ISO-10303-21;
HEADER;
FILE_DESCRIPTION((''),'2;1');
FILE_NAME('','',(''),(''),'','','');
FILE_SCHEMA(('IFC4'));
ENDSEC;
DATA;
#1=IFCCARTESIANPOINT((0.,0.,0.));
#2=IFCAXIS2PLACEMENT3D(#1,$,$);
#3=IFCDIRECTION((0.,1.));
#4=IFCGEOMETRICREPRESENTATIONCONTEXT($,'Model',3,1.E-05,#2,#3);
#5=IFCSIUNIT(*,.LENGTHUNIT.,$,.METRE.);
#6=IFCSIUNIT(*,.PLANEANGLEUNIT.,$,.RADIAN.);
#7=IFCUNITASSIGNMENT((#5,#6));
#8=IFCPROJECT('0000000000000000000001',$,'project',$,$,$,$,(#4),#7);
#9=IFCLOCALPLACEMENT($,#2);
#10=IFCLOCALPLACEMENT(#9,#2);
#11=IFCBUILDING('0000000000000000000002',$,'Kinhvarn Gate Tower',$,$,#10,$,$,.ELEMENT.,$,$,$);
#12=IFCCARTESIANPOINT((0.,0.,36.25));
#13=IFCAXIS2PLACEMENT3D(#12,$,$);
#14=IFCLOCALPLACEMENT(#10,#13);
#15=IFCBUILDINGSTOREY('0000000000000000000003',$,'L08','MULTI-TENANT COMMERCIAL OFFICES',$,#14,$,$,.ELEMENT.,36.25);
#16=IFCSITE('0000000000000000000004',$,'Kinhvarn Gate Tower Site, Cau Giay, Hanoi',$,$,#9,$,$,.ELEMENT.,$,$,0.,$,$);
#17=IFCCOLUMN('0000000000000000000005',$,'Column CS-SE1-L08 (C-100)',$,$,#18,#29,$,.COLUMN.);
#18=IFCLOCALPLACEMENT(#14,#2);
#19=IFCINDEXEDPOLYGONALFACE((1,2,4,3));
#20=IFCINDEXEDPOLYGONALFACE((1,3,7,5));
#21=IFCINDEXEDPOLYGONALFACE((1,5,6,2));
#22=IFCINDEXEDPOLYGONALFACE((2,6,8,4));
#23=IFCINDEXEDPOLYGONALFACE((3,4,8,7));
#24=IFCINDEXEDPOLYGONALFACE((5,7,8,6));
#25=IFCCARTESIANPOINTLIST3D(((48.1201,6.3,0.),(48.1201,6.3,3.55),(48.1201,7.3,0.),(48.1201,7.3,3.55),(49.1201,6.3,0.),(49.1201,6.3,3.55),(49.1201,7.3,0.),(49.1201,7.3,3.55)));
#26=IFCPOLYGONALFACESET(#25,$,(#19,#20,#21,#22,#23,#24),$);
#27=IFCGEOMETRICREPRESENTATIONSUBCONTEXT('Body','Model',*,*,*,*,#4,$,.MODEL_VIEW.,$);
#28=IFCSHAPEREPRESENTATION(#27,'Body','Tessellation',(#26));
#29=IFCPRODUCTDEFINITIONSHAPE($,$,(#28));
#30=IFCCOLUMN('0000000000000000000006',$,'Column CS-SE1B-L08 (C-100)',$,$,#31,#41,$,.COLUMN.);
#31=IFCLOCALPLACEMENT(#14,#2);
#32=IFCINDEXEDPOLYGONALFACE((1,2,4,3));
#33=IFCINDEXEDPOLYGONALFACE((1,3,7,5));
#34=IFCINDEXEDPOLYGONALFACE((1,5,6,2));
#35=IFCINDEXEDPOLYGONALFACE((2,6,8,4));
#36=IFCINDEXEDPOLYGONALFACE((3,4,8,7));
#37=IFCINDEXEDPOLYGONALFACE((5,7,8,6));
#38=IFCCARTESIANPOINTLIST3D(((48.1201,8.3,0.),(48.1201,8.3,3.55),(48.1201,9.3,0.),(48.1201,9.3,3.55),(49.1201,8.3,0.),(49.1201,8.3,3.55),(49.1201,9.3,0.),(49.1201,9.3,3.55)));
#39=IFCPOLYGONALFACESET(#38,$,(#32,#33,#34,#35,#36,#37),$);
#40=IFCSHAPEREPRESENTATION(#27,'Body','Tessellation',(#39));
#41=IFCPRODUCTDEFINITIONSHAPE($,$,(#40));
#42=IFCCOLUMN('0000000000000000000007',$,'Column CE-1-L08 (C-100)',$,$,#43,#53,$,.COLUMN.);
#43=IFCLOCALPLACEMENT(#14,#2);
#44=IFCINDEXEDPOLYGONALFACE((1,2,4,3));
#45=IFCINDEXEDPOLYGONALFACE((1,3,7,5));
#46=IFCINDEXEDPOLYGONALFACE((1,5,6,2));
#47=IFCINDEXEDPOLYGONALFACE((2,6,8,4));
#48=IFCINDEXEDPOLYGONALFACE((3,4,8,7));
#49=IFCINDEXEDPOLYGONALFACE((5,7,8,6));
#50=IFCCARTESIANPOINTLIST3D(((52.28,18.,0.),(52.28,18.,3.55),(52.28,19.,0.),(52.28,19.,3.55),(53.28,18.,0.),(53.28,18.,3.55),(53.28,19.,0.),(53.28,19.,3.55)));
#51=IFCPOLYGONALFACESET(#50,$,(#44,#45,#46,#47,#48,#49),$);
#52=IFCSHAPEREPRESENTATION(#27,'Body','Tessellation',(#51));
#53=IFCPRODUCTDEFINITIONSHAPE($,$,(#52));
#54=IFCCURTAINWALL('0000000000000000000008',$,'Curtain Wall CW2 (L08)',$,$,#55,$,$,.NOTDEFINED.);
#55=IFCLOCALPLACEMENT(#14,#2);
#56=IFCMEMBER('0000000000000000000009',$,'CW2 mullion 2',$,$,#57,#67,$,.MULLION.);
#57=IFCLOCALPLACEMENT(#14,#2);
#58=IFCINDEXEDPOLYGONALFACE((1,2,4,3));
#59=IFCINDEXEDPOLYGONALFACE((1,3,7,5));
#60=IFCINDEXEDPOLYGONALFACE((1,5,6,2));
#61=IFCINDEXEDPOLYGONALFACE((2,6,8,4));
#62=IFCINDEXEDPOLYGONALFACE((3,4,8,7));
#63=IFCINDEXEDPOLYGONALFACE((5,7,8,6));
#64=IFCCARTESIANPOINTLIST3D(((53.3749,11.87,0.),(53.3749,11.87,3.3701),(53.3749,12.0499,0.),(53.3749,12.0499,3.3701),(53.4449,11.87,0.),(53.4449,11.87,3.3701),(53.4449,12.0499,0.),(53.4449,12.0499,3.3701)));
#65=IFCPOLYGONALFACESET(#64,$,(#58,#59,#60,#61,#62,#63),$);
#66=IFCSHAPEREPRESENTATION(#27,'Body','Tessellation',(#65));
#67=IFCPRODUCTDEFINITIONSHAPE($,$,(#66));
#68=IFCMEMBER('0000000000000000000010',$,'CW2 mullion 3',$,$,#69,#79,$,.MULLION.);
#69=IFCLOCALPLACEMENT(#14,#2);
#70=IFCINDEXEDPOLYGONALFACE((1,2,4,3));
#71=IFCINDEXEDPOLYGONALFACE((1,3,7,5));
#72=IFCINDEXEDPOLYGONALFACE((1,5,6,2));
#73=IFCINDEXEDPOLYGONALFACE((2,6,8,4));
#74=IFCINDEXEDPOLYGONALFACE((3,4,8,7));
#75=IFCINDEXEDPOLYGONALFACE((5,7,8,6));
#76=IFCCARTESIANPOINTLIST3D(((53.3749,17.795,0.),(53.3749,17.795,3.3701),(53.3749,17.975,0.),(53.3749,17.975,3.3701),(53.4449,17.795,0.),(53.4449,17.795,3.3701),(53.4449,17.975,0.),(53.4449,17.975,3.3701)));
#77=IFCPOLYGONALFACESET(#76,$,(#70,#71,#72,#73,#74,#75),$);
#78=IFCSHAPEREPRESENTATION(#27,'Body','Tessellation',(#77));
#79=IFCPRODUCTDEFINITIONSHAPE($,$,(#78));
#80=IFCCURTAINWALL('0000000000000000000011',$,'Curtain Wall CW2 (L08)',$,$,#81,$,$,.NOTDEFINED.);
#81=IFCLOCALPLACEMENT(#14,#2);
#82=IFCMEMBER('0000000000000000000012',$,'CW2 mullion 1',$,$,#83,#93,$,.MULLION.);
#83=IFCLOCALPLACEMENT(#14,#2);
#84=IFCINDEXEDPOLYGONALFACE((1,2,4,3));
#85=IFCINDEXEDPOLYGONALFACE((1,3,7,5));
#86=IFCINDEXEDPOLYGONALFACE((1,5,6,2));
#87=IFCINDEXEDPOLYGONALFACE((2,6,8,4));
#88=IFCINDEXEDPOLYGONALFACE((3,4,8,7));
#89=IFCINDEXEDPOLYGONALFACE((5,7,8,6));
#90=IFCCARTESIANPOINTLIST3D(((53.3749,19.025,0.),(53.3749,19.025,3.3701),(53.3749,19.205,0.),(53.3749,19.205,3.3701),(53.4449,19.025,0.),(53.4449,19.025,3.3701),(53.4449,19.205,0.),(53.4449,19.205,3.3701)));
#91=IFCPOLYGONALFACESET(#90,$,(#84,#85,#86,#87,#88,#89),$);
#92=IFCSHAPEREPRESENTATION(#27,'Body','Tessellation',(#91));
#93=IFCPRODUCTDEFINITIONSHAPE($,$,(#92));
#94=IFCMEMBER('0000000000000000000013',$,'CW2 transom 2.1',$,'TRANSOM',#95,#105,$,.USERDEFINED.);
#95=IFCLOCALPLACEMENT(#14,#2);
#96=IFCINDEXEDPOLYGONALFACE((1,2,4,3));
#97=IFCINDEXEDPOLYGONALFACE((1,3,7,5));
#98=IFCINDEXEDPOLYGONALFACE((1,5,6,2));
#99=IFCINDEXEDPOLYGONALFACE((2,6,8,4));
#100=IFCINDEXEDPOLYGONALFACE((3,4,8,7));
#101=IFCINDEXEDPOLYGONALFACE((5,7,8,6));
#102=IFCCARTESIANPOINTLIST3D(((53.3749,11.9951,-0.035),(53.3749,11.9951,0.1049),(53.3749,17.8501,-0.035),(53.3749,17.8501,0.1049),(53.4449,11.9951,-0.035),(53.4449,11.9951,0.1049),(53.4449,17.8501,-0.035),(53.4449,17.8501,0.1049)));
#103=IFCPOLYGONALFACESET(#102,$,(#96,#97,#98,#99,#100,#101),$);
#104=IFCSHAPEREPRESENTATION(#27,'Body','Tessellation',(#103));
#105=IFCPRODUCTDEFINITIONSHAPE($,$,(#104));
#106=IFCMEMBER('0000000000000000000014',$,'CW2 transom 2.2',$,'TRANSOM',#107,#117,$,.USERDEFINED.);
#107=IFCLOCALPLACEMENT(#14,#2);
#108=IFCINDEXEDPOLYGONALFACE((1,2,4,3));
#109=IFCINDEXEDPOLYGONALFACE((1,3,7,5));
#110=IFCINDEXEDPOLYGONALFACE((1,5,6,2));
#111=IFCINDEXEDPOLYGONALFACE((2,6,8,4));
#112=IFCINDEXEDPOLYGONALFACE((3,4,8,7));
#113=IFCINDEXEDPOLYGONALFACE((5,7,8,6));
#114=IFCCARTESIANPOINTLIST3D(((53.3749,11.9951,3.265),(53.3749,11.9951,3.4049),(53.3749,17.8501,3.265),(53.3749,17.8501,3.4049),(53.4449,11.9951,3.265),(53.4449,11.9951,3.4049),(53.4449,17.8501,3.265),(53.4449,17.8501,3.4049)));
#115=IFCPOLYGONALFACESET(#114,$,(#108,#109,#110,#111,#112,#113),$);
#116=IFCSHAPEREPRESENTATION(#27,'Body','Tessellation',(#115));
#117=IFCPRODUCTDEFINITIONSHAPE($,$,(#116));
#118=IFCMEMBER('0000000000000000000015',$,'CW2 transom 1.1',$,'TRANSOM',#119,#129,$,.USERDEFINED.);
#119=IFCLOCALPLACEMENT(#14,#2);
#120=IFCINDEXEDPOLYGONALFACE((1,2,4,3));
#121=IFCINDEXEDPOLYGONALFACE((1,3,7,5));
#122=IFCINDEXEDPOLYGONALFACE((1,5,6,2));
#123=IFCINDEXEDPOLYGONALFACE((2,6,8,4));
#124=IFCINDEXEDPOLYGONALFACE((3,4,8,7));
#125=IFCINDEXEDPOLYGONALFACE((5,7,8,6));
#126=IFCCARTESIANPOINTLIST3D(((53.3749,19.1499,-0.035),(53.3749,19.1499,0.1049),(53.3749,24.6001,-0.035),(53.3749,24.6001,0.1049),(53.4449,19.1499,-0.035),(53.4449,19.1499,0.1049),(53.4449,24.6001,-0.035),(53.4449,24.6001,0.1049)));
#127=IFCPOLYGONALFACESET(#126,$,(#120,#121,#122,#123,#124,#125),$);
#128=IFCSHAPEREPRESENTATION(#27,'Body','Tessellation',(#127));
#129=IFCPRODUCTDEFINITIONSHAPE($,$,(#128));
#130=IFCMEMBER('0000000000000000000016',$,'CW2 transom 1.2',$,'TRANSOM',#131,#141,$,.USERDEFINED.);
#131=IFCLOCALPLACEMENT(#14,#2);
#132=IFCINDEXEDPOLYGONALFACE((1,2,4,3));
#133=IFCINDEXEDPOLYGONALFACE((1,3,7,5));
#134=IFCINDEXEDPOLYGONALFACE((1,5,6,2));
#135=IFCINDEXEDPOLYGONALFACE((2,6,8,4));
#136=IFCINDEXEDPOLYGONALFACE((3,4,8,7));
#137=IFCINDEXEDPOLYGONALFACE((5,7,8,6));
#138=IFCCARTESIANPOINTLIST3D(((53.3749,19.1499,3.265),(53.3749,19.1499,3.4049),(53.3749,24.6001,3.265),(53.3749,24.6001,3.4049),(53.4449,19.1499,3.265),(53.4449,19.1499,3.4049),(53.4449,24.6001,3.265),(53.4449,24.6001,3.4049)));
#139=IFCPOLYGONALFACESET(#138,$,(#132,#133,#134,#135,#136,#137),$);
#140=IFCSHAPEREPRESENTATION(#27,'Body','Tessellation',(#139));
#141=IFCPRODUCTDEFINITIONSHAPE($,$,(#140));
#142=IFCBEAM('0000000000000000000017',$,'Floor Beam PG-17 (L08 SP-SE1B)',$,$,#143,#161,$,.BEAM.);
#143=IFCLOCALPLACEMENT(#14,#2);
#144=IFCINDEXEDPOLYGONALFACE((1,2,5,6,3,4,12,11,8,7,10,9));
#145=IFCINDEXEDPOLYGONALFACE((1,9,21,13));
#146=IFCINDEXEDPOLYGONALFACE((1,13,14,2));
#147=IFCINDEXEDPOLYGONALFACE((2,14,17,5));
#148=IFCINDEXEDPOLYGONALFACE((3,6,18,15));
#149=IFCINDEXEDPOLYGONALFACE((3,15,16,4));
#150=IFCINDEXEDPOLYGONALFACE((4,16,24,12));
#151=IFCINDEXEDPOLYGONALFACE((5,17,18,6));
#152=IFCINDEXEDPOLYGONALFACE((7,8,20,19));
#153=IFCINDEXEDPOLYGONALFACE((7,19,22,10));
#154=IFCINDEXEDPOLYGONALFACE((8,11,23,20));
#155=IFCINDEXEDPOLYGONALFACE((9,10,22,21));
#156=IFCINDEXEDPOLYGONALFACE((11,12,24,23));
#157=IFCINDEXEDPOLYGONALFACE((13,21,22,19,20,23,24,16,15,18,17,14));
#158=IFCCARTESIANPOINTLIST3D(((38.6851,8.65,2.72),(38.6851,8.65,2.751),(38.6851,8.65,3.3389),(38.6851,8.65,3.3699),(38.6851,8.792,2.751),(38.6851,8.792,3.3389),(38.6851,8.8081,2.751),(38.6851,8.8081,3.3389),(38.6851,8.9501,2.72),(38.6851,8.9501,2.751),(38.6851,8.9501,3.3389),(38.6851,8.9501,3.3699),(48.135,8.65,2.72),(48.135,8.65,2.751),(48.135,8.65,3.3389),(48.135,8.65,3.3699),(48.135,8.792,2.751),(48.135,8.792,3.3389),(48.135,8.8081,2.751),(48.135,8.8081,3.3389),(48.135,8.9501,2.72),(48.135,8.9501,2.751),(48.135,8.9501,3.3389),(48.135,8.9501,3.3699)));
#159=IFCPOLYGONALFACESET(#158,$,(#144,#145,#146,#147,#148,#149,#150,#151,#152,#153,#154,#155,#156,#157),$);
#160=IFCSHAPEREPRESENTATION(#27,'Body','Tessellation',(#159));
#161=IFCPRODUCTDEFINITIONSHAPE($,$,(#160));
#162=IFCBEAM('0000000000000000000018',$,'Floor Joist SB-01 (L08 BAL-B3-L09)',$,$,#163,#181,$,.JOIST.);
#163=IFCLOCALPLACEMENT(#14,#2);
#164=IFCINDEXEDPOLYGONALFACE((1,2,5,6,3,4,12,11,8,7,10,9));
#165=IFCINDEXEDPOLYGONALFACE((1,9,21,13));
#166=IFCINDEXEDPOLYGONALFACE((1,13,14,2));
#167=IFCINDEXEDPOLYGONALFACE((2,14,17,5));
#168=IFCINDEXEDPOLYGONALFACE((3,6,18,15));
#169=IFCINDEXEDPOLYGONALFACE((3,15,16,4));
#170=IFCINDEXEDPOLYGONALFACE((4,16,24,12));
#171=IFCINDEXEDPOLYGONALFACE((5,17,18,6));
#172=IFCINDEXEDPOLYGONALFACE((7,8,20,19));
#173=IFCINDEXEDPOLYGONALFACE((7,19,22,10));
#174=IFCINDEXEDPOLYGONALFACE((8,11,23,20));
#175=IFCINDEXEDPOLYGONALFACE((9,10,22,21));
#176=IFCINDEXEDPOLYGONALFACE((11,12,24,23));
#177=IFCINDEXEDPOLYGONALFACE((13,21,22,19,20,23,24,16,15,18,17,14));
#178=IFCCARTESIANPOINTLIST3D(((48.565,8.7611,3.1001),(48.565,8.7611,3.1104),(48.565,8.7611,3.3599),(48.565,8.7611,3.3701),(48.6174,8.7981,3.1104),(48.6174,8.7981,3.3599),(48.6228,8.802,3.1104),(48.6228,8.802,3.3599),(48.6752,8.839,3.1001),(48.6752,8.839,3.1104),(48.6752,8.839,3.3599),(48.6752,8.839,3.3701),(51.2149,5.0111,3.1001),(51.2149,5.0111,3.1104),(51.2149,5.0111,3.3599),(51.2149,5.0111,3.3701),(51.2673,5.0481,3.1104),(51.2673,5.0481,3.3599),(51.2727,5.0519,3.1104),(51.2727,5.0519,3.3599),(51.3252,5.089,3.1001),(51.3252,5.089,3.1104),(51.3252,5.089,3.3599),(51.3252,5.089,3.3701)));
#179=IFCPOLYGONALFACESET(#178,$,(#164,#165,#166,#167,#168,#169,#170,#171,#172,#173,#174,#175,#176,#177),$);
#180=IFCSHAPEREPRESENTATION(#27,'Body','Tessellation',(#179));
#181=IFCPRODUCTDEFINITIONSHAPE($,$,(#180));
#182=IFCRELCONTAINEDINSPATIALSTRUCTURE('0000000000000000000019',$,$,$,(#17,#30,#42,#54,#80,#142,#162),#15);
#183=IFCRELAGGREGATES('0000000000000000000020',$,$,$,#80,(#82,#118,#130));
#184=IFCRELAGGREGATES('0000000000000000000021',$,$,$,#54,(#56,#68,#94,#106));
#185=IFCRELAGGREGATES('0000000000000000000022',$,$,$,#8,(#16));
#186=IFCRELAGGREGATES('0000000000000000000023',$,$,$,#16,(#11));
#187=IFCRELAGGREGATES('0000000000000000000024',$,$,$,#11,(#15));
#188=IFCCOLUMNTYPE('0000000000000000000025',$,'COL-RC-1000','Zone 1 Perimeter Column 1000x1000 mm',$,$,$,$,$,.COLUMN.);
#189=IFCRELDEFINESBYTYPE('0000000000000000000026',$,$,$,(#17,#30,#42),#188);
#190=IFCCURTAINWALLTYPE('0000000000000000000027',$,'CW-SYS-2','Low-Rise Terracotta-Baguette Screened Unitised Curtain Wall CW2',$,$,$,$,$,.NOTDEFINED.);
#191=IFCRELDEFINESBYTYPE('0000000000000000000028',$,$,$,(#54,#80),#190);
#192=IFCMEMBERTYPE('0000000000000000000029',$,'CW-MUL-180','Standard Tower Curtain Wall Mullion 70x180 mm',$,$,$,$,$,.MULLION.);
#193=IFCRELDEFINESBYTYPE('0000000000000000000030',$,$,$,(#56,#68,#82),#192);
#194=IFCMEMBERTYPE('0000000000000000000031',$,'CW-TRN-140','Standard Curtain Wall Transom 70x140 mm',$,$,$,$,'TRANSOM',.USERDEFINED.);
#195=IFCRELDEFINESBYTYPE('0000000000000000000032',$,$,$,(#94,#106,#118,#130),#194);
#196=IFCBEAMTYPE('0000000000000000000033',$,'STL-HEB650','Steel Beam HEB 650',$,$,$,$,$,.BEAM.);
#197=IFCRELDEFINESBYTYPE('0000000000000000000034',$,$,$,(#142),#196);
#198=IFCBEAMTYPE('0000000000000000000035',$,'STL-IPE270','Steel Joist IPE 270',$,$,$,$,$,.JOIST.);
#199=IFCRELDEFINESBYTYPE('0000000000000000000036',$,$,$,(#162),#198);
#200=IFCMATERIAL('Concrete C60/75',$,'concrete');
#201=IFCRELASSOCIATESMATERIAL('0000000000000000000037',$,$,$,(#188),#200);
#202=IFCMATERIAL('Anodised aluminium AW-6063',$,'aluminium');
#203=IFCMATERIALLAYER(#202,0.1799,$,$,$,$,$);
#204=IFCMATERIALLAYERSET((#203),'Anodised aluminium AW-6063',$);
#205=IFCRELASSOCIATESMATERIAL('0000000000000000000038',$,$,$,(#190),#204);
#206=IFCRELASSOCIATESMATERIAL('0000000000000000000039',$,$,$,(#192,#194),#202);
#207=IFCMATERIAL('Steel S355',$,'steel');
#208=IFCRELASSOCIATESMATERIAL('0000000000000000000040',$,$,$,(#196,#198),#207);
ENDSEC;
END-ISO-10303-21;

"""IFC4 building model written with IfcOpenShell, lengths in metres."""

from ifc_helpers import new_model, si_unit, direction, frame, origin, origin_2d, place, context, subcontext, project, spatial, rectangle, i_section, extrude, material, layer, layer_set, material_profile, profile_set, type_object, element, aggregate, save


model = new_model("IFC4")

# Units and contexts
model_context = context("Model", 3, precision=1e-05, world=origin(), true_north=direction((0.0, 1.0)))
body_context = subcontext(model_context, "Body", "Model", "MODEL_VIEW")
ifc_project = project(units=[si_unit("LENGTHUNIT", "METRE"), si_unit("PLANEANGLEUNIT", "RADIAN")], contexts=[model_context])

# Site, building, storey
site_placement = place(None, origin())
site = spatial("IfcSite", under=ifc_project, at=site_placement, Name="Kinhvarn Gate Tower Site, Cau Giay, Hanoi", CompositionType="ELEMENT", RefElevation=0.0)
building_placement = place(site_placement, origin())
building = spatial("IfcBuilding", under=site, at=building_placement, Name="Kinhvarn Gate Tower", CompositionType="ELEMENT")
storey_placement = place(building_placement, frame((0.0, 0.0, 36.25)))
storey = spatial("IfcBuildingStorey", under=building, at=storey_placement, Name="L08", Description="MULTI-TENANT COMMERCIAL OFFICES", CompositionType="ELEMENT", Elevation=36.25)

# Columns
ifc_material_1 = material(Name="Concrete C60/75", Category="concrete")
ifc_material_profile_1 = material_profile(ifc_material_1, rectangle(XDim=1.0, YDim=1.0, at=origin_2d()), Name="RC 1000x1000")
ifc_profile_set_1 = profile_set([ifc_material_profile_1], Name="Concrete C60/75")
column_type = type_object("IfcColumnType", Name="COL-RC-1000", Description="Zone 1 Perimeter Column 1000x1000 mm", PredefinedType="COLUMN", material=ifc_profile_set_1)
for number, where, z_axis, x_axis, name in (
    (1, (48.6201, 6.8, 0.0), (0.0, 0.0, 1.0), (1.0, 0.0, 0.0), "Column CS-SE1-L08 (C-100)"),
    (2, (48.6201, 8.8, 0.0), (0.0, 0.0, 1.0), (1.0, 0.0, 0.0), "Column CS-SE1B-L08 (C-100)"),
    (3, (52.78, 18.5, 0.0), (0.0, 0.0, 1.0), (1.0, 0.0, 0.0), "Column CE-1-L08 (C-100)"),
):
    element("IfcColumn", number, at=place(storey_placement, frame(where, z_axis=z_axis, x_axis=x_axis)), inside=storey, type_object=column_type, Name=name, PredefinedType="COLUMN", context=body_context, shape_type="SweptSolid", body=[
        extrude(rectangle(XDim=1.0, YDim=1.0, at=origin_2d()), origin(), (0.0, 0.0, 1.0), 3.55),
    ])

# Curtain wall, members
ifc_material_2 = material(Name="Anodised aluminium AW-6063", Category="aluminium")
ifc_layer_1 = layer(ifc_material_2, 0.1799)
ifc_layer_set_1 = layer_set([ifc_layer_1], Name="Anodised aluminium AW-6063")
curtain_wall_type = type_object("IfcCurtainWallType", Name="CW-SYS-2", Description="Low-Rise Terracotta-Baguette Screened Unitised Curtain Wall CW2", PredefinedType="NOTDEFINED", material=ifc_layer_set_1)
curtain_wall_1_placement = place(storey_placement, origin())
curtain_wall_1 = element("IfcCurtainWall", 4, at=curtain_wall_1_placement, inside=storey, type_object=curtain_wall_type, Name="Curtain Wall CW2 (L08)", PredefinedType="NOTDEFINED")
ifc_material_profile_2 = material_profile(ifc_material_2, rectangle(XDim=0.0701, YDim=0.1799, at=origin_2d()), Name="ALU 70x180")
ifc_profile_set_2 = profile_set([ifc_material_profile_2], Name="Anodised aluminium AW-6063")
member_type_1 = type_object("IfcMemberType", Name="CW-MUL-180", Description="Standard Tower Curtain Wall Mullion 70x180 mm", PredefinedType="MULLION", material=ifc_profile_set_2)
member_1_placement = place(storey_placement, frame((53.4099, 11.96, 0.0), z_axis=(0.0, 0.0, 1.0), x_axis=(-1.0, 0.0, 0.0)))
member_1 = element("IfcMember", 5, at=member_1_placement, type_object=member_type_1, Name="CW2 mullion 2", PredefinedType="MULLION", context=body_context, shape_type="SweptSolid", body=[
    extrude(rectangle(XDim=0.0701, YDim=0.1799, at=origin_2d()), origin(), (0.0, 0.0, 1.0), 3.3701),
])
member_2_placement = place(storey_placement, frame((53.4099, 17.885, 0.0), z_axis=(0.0, 0.0, 1.0), x_axis=(-1.0, 0.0, 0.0)))
member_2 = element("IfcMember", 6, at=member_2_placement, type_object=member_type_1, Name="CW2 mullion 3", PredefinedType="MULLION", context=body_context, shape_type="SweptSolid", body=[
    extrude(rectangle(XDim=0.0701, YDim=0.1799, at=origin_2d()), origin(), (0.0, 0.0, 1.0), 3.3701),
])

# Curtain wall, member
curtain_wall_2_placement = place(storey_placement, origin())
curtain_wall_2 = element("IfcCurtainWall", 7, at=curtain_wall_2_placement, inside=storey, type_object=curtain_wall_type, Name="Curtain Wall CW2 (L08)", PredefinedType="NOTDEFINED")
member_3_placement = place(storey_placement, frame((53.4099, 19.115, 0.0), z_axis=(0.0, 0.0, 1.0), x_axis=(-1.0, 0.0, 0.0)))
member_3 = element("IfcMember", 8, at=member_3_placement, type_object=member_type_1, Name="CW2 mullion 1", PredefinedType="MULLION", context=body_context, shape_type="SweptSolid", body=[
    extrude(rectangle(XDim=0.0701, YDim=0.1799, at=origin_2d()), origin(), (0.0, 0.0, 1.0), 3.3701),
])

# Members
ifc_material_profile_3 = material_profile(ifc_material_2, rectangle(XDim=0.0701, YDim=0.1399, at=origin_2d()), Name="ALU 70x140")
ifc_profile_set_3 = profile_set([ifc_material_profile_3], Name="Anodised aluminium AW-6063")
member_type_2 = type_object("IfcMemberType", Name="CW-TRN-140", Description="Standard Curtain Wall Transom 70x140 mm", ElementType="TRANSOM", PredefinedType="USERDEFINED", material=ifc_profile_set_3)
member_4_placement = place(storey_placement, frame((53.4099, 11.9951, 0.0349), z_axis=(0.0, 1.0, 0.0), x_axis=(-1.0, 0.0, 0.0)))
member_4 = element("IfcMember", 9, at=member_4_placement, type_object=member_type_2, Name="CW2 transom 2.1", ObjectType="TRANSOM", PredefinedType="USERDEFINED", context=body_context, shape_type="SweptSolid", body=[
    extrude(rectangle(XDim=0.0701, YDim=0.1399, at=origin_2d()), origin(), (0.0, 0.0, 1.0), 5.855),
])
member_5_placement = place(storey_placement, frame((53.4099, 11.9951, 3.335), z_axis=(0.0, 1.0, 0.0), x_axis=(-1.0, 0.0, 0.0)))
member_5 = element("IfcMember", 10, at=member_5_placement, type_object=member_type_2, Name="CW2 transom 2.2", ObjectType="TRANSOM", PredefinedType="USERDEFINED", context=body_context, shape_type="SweptSolid", body=[
    extrude(rectangle(XDim=0.0701, YDim=0.1399, at=origin_2d()), origin(), (0.0, 0.0, 1.0), 5.855),
])
member_6_placement = place(storey_placement, frame((53.4099, 19.1499, 0.0349), z_axis=(0.0, 1.0, 0.0), x_axis=(-1.0, 0.0, 0.0)))
member_6 = element("IfcMember", 11, at=member_6_placement, type_object=member_type_2, Name="CW2 transom 1.1", ObjectType="TRANSOM", PredefinedType="USERDEFINED", context=body_context, shape_type="SweptSolid", body=[
    extrude(rectangle(XDim=0.0701, YDim=0.1399, at=origin_2d()), origin(), (0.0, 0.0, 1.0), 5.4502),
])
member_7_placement = place(storey_placement, frame((53.4099, 19.1499, 3.335), z_axis=(0.0, 1.0, 0.0), x_axis=(-1.0, 0.0, 0.0)))
member_7 = element("IfcMember", 12, at=member_7_placement, type_object=member_type_2, Name="CW2 transom 1.2", ObjectType="TRANSOM", PredefinedType="USERDEFINED", context=body_context, shape_type="SweptSolid", body=[
    extrude(rectangle(XDim=0.0701, YDim=0.1399, at=origin_2d()), origin(), (0.0, 0.0, 1.0), 5.4502),
])
aggregate(curtain_wall_2, [member_3, member_6, member_7])

# Beams
ifc_material_3 = material(Name="Steel S355", Category="steel")
ifc_material_profile_4 = material_profile(ifc_material_3, i_section(OverallWidth=0.3, OverallDepth=0.6499, WebThickness=0.0161, FlangeThickness=0.031, at=origin_2d()), Name="HEB 650")
ifc_profile_set_4 = profile_set([ifc_material_profile_4], Name="Steel S355")
beam_type_1 = type_object("IfcBeamType", Name="STL-HEB650", Description="Steel Beam HEB 650", PredefinedType="BEAM", material=ifc_profile_set_4)
beam_1_placement = place(storey_placement, frame((38.6851, 8.8, 3.0449), z_axis=(1.0, 0.0, 0.0), x_axis=(0.0, 1.0, 0.0)))
element("IfcBeam", 13, at=beam_1_placement, inside=storey, type_object=beam_type_1, Name="Floor Beam PG-17 (L08 SP-SE1B)", PredefinedType="BEAM", context=body_context, shape_type="SweptSolid", body=[
    extrude(i_section(OverallWidth=0.3, OverallDepth=0.6499, WebThickness=0.0161, FlangeThickness=0.031, at=origin_2d()), origin(), (0.0, 0.0, 1.0), 9.45),
])
ifc_material_profile_5 = material_profile(ifc_material_3, i_section(OverallWidth=0.135, OverallDepth=0.27, WebThickness=0.0066, FlangeThickness=0.0103, at=origin_2d()), Name="IPE 270")
ifc_profile_set_5 = profile_set([ifc_material_profile_5], Name="Steel S355")
beam_type_2 = type_object("IfcBeamType", Name="STL-IPE270", Description="Steel Joist IPE 270", PredefinedType="JOIST", material=ifc_profile_set_5)
beam_2_placement = place(storey_placement, frame((48.6201, 8.8, 3.2351), z_axis=(0.577096, -0.816676, 0.0), x_axis=(0.816676, 0.577096, 0.0)))
element("IfcBeam", 14, at=beam_2_placement, inside=storey, type_object=beam_type_2, Name="Floor Joist SB-01 (L08 BAL-B3-L09)", PredefinedType="JOIST", context=body_context, shape_type="SweptSolid", body=[
    extrude(i_section(OverallWidth=0.135, OverallDepth=0.27, WebThickness=0.0066, FlangeThickness=0.0103, at=origin_2d()), origin(), (0.0, 0.0, 1.0), 4.5918),
])

aggregate(curtain_wall_1, [member_1, member_2, member_4, member_5])

save(model, "model.ifc")
